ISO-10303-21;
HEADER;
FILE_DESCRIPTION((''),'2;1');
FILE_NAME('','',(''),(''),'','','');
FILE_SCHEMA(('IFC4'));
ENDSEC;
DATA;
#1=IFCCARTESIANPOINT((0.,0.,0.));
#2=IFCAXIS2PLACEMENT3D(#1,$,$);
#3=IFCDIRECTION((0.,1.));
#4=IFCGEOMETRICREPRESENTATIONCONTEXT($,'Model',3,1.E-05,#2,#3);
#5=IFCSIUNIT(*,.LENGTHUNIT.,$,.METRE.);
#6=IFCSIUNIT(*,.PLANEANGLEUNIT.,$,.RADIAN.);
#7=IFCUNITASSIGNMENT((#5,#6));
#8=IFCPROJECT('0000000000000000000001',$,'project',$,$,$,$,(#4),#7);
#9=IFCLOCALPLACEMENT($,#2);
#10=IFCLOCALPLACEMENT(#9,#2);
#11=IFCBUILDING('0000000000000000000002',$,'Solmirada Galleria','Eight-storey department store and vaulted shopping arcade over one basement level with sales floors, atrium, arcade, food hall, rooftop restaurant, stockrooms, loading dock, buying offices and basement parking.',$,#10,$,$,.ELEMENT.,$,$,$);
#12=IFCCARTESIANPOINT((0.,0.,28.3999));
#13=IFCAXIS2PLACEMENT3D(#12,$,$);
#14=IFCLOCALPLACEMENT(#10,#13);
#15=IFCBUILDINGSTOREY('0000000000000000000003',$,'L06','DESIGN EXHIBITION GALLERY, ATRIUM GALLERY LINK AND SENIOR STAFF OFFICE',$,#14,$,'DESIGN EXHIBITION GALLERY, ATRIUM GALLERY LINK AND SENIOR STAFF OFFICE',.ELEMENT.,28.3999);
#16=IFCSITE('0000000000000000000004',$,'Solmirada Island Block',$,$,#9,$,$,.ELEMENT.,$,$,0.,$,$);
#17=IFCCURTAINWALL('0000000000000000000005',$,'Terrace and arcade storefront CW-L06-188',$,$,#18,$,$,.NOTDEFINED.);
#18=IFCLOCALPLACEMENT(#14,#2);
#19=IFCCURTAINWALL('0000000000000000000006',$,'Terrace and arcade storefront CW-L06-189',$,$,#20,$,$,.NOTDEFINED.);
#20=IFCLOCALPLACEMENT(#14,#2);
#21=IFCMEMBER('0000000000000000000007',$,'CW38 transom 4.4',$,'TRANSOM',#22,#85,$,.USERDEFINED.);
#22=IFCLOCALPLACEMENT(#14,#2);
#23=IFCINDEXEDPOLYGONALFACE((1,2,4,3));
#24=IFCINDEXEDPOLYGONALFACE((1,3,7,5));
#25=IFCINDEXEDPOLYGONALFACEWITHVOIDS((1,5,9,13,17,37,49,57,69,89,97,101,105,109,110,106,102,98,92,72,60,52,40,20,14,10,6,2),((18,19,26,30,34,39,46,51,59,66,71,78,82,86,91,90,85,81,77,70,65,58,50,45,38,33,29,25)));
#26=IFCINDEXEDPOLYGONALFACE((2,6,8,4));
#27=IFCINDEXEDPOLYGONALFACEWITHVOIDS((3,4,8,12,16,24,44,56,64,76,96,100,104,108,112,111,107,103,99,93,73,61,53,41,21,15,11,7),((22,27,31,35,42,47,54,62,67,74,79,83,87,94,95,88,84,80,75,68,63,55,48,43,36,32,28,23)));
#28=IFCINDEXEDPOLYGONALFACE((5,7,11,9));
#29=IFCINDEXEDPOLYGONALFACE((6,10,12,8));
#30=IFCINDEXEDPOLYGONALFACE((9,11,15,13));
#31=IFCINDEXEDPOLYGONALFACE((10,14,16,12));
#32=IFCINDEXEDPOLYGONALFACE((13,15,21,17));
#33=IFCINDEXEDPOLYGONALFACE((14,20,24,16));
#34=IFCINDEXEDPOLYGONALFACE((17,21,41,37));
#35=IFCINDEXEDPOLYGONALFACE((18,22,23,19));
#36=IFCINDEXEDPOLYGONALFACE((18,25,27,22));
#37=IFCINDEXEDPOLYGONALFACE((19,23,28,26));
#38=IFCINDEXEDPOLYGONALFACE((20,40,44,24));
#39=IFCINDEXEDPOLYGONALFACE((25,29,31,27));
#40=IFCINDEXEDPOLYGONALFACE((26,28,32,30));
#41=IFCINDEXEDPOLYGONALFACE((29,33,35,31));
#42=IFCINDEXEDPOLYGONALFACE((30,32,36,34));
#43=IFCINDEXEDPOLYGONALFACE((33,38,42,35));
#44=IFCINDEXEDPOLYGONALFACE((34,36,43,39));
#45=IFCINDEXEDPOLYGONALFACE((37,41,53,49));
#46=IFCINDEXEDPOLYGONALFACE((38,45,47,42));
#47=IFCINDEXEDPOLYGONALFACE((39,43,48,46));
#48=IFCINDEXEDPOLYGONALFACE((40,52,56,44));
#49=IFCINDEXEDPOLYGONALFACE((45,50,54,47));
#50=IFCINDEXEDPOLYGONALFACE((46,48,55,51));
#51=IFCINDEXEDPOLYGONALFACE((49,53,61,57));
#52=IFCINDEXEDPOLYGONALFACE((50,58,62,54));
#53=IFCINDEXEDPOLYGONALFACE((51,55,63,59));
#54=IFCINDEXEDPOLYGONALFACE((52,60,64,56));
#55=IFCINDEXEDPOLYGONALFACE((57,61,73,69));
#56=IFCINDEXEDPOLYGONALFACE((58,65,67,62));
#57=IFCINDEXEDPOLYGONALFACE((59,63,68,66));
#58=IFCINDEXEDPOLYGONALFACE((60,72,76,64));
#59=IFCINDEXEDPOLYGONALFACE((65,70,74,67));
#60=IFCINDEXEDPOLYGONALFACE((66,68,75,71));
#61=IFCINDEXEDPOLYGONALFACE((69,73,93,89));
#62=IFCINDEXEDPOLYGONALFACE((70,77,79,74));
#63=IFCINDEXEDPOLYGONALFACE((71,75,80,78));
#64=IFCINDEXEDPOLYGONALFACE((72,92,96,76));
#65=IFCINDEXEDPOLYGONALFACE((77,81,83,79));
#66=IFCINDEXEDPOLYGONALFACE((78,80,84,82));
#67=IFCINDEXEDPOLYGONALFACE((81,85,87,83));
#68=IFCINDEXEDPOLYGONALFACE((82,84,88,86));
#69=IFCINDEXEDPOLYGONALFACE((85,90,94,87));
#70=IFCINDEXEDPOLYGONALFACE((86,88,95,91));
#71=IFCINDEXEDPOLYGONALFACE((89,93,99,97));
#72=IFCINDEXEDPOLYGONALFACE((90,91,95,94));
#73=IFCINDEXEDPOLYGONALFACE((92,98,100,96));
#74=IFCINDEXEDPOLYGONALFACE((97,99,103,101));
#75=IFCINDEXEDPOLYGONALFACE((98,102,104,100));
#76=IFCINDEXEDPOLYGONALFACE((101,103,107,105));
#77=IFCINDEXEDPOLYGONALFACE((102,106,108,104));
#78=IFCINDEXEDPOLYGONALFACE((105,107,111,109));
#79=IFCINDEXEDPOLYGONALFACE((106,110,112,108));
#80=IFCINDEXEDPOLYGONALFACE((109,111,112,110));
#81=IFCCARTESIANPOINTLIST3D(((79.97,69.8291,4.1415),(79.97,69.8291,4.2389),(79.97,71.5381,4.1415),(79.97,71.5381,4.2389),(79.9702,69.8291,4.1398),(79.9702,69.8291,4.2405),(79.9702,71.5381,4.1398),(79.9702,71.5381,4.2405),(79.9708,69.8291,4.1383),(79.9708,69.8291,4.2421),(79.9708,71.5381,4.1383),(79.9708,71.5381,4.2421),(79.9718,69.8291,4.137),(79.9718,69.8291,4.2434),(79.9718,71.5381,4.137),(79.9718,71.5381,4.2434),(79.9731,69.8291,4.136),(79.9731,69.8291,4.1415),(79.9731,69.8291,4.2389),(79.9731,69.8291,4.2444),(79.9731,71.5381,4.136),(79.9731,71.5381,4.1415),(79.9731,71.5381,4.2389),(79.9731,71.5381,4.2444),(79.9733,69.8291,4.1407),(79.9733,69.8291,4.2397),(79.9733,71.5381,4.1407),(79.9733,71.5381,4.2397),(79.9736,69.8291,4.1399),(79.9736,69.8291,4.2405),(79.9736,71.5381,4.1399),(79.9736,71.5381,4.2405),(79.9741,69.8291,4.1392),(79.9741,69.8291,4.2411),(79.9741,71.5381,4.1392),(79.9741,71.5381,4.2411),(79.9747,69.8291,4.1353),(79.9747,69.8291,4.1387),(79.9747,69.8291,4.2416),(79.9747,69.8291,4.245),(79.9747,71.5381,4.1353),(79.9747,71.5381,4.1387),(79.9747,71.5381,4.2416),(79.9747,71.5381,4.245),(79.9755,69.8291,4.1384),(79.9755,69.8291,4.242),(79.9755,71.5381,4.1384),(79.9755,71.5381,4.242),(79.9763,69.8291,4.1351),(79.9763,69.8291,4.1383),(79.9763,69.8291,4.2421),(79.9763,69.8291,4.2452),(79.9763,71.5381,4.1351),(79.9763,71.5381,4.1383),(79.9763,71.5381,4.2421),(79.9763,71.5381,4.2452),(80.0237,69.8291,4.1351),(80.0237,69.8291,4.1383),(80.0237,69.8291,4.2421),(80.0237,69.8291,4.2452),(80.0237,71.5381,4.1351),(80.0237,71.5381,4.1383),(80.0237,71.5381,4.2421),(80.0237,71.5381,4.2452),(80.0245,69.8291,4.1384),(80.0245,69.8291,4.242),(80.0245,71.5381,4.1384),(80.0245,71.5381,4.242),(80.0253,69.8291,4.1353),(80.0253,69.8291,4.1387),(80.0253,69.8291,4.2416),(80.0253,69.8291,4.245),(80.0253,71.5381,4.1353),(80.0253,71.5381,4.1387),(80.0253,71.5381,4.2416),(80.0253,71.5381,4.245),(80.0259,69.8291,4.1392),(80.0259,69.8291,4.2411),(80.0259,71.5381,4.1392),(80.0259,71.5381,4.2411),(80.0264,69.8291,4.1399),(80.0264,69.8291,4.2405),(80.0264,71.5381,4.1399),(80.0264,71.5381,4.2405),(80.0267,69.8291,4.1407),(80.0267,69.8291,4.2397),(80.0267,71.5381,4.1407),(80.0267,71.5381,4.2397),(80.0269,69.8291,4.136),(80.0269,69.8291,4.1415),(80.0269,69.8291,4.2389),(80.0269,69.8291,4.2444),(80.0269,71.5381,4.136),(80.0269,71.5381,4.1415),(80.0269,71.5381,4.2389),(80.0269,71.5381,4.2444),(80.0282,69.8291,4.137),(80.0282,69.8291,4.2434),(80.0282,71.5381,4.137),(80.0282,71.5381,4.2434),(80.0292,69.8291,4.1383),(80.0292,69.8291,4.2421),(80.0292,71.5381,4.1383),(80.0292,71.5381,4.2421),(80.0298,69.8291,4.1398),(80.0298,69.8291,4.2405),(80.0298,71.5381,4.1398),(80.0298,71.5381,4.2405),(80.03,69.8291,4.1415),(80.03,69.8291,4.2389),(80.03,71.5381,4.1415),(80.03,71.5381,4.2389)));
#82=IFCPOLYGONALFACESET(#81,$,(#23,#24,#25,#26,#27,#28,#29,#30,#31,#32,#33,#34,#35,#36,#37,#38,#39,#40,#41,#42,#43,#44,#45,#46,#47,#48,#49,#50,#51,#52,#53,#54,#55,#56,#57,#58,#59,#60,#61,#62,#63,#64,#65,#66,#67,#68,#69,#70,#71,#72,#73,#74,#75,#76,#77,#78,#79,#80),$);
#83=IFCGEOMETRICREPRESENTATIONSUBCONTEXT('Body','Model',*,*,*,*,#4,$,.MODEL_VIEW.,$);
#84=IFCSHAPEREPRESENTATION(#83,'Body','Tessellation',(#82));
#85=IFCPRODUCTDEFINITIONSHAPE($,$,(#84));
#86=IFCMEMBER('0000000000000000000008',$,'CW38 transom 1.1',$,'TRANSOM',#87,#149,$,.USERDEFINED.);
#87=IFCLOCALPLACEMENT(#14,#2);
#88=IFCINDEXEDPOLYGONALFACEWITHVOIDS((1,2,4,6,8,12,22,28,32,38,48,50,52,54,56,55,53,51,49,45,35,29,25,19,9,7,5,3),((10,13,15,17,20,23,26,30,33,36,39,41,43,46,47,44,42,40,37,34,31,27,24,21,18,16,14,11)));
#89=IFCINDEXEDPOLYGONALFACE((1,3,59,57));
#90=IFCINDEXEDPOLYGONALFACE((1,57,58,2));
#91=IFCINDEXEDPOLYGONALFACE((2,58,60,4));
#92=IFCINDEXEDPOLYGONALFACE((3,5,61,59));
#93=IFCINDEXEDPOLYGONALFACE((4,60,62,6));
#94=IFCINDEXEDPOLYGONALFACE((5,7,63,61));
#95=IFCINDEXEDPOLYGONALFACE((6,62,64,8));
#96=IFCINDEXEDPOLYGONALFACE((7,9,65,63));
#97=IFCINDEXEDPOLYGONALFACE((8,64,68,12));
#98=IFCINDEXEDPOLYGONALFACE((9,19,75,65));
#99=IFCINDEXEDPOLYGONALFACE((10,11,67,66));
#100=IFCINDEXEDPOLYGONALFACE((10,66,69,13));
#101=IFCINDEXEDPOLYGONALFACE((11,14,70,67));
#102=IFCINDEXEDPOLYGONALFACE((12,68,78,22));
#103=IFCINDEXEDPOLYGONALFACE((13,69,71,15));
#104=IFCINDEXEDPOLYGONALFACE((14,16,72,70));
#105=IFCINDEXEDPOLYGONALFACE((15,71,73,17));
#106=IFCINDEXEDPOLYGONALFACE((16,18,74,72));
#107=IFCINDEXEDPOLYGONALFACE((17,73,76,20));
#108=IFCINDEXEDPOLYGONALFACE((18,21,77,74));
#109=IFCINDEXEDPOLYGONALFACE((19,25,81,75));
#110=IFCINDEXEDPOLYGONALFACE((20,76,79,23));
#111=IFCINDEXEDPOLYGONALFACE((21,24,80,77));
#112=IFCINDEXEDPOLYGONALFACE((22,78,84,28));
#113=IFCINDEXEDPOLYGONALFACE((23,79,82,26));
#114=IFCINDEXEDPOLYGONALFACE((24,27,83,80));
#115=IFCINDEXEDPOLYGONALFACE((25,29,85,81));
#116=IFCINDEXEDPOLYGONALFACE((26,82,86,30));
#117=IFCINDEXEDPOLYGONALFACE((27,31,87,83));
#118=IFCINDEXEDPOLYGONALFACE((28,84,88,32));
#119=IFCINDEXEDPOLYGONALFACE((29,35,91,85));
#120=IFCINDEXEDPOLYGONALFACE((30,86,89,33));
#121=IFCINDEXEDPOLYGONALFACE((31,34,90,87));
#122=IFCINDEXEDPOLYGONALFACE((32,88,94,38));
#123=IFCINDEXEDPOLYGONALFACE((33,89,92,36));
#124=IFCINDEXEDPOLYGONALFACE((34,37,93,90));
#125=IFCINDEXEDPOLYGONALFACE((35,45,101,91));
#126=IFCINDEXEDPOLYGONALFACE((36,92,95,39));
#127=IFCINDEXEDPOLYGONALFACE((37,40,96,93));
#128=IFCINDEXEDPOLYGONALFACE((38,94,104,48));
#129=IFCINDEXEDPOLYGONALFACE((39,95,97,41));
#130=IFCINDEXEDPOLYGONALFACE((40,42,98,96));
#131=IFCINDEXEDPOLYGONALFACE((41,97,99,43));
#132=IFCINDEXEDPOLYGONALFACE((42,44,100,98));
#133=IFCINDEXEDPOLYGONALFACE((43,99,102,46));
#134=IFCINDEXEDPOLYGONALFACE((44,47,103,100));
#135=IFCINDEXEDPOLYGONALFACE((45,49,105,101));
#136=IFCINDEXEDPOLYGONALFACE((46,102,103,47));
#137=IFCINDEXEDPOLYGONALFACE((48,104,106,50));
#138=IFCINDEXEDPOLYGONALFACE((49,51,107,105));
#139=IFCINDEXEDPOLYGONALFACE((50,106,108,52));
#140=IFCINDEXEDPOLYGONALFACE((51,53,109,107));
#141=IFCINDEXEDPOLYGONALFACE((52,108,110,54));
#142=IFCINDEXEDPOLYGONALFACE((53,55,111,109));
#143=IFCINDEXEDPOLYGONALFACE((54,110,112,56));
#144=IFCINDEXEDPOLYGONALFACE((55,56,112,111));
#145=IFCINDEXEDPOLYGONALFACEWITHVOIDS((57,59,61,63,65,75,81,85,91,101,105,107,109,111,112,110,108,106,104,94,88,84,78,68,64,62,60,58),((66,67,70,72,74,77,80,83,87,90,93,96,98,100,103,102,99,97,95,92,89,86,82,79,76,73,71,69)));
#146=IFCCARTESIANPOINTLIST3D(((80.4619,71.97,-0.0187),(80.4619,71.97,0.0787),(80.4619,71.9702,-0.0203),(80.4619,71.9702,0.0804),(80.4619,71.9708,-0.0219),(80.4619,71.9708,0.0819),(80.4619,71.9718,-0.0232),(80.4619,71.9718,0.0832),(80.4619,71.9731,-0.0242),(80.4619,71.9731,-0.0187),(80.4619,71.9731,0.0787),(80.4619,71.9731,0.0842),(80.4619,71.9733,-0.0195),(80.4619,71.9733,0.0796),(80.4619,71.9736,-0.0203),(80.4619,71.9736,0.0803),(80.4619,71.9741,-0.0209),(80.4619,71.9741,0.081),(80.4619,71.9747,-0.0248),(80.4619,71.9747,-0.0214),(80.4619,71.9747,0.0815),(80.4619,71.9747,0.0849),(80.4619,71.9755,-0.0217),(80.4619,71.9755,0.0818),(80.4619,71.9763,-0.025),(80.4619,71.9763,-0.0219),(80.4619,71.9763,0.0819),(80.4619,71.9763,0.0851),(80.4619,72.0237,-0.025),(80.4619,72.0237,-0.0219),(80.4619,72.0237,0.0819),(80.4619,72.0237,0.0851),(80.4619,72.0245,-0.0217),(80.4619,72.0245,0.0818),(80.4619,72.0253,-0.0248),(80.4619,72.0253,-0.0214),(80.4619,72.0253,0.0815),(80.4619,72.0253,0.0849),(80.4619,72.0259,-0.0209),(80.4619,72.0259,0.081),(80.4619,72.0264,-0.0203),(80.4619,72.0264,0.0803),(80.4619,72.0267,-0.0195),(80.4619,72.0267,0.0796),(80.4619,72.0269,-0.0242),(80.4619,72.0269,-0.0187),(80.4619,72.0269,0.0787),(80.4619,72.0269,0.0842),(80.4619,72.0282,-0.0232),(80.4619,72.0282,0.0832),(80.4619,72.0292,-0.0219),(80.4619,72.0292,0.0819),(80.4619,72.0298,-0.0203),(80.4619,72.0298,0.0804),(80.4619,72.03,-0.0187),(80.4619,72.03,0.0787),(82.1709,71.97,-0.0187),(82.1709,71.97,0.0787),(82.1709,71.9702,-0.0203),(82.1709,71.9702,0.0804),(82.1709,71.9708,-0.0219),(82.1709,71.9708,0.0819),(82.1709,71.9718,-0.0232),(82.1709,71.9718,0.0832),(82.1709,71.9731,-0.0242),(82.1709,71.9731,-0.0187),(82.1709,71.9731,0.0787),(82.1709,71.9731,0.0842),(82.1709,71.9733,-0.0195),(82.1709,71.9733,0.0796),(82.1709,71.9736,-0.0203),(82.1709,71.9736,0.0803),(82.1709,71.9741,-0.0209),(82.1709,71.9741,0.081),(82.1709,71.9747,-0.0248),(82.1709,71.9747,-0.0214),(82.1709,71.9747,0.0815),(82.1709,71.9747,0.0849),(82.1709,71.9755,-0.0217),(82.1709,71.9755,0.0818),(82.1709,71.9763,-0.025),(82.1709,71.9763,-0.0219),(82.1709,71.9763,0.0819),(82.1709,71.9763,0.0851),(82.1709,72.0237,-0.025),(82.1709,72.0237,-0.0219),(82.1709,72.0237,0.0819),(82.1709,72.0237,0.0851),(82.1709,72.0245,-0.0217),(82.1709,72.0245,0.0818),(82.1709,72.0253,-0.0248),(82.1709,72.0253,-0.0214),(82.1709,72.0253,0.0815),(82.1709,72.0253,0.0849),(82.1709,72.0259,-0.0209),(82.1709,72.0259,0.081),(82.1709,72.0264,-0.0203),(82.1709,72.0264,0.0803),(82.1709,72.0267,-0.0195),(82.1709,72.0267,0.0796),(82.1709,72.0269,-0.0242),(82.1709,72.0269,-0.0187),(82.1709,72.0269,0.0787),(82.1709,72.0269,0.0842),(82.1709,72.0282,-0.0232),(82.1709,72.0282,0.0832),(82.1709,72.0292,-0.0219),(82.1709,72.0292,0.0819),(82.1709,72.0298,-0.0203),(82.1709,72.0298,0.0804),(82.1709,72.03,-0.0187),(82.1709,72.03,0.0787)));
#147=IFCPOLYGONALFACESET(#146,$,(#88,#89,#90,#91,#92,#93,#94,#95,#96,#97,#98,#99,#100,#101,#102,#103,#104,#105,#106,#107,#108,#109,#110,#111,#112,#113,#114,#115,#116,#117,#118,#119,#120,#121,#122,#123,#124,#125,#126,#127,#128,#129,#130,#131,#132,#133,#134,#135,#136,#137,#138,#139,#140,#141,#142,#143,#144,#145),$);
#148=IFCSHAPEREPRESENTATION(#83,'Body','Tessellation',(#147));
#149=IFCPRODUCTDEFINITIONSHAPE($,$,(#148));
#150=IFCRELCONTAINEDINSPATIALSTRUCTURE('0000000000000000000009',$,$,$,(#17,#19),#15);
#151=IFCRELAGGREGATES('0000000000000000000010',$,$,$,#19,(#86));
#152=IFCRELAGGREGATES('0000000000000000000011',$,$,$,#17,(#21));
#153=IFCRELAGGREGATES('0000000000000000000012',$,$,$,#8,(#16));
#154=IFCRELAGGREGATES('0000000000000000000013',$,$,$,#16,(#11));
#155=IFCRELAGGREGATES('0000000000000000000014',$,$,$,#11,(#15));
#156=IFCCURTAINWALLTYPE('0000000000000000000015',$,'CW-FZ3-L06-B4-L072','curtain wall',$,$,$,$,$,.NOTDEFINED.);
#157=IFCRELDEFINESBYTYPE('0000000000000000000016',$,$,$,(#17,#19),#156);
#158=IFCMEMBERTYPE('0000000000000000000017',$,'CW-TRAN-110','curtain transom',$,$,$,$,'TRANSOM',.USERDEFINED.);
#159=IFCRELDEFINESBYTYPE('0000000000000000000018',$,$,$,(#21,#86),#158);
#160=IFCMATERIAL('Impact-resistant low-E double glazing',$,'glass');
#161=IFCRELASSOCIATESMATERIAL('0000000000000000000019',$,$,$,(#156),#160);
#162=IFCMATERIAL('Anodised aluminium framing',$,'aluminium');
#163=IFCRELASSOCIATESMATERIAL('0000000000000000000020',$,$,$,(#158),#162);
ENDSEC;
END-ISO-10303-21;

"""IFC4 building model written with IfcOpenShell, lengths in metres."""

from ifc_helpers import new_model, si_unit, direction, frame, origin, origin_2d, place, context, subcontext, project, spatial, hollow_rectangle, extrude, material, material_profile, profile_set, type_object, element, aggregate, save


model = new_model("IFC4")

# Units and contexts
model_context = context("Model", 3, precision=1e-05, world=origin(), true_north=direction((0.0, 1.0)))
body_context = subcontext(model_context, "Body", "Model", "MODEL_VIEW")
ifc_project = project(units=[si_unit("LENGTHUNIT", "METRE"), si_unit("PLANEANGLEUNIT", "RADIAN")], contexts=[model_context])

# Site, building, storey
site_placement = place(None, origin())
site = spatial("IfcSite", under=ifc_project, at=site_placement, Name="Solmirada Island Block", CompositionType="ELEMENT", RefElevation=0.0)
building_placement = place(site_placement, origin())
building = spatial("IfcBuilding", under=site, at=building_placement, Name="Solmirada Galleria", Description="Eight-storey department store and vaulted shopping arcade over one basement level with sales floors, atrium, arcade, food hall, rooftop restaurant, stockrooms, loading dock, buying offices and basement parking.", CompositionType="ELEMENT")
storey_placement = place(building_placement, frame((0.0, 0.0, 28.3999)))
storey = spatial("IfcBuildingStorey", under=building, at=storey_placement, Name="L06", Description="DESIGN EXHIBITION GALLERY, ATRIUM GALLERY LINK AND SENIOR STAFF OFFICE", LongName="DESIGN EXHIBITION GALLERY, ATRIUM GALLERY LINK AND SENIOR STAFF OFFICE", CompositionType="ELEMENT", Elevation=28.3999)

# Curtain wall
ifc_material_1 = material(Name="Impact-resistant low-E double glazing", Category="glass")
curtain_wall_type = type_object("IfcCurtainWallType", Name="CW-FZ3-L06-B4-L072", Description="curtain wall", PredefinedType="NOTDEFINED", material=ifc_material_1)
curtain_wall_1_placement = place(storey_placement, origin())
curtain_wall_1 = element("IfcCurtainWall", 1, at=curtain_wall_1_placement, inside=storey, type_object=curtain_wall_type, Name="Terrace and arcade storefront CW-L06-188", PredefinedType="NOTDEFINED")
ifc_material_2 = material(Name="Anodised aluminium framing", Category="aluminium")

# Curtain wall
curtain_wall_2_placement = place(storey_placement, origin())
curtain_wall_2 = element("IfcCurtainWall", 2, at=curtain_wall_2_placement, inside=storey, type_object=curtain_wall_type, Name="Terrace and arcade storefront CW-L06-189", PredefinedType="NOTDEFINED")

# Members
ifc_material_profile_1 = material_profile(ifc_material_2, hollow_rectangle(XDim=0.0601, YDim=0.1101, WallThickness=0.0032, InnerFilletRadius=0.0032, OuterFilletRadius=0.0063, at=origin_2d()), Name="ALU-TRAN-110X60")
ifc_profile_set_1 = profile_set([ifc_material_profile_1], Name="Anodised aluminium framing")
member_type_1 = type_object("IfcMemberType", Name="CW-TRAN-110", Description="curtain transom", ElementType="TRANSOM", PredefinedType="USERDEFINED", material=ifc_profile_set_1)
member_1_placement = place(storey_placement, frame((80.0, 69.8291, 4.1902), z_axis=(0.0, 1.0, 0.0), x_axis=(-1.0, 0.0, 0.0)))
member_1 = element("IfcMember", 3, at=member_1_placement, type_object=member_type_1, Name="CW38 transom 4.4", ObjectType="TRANSOM", PredefinedType="USERDEFINED", context=body_context, shape_type="SweptSolid", body=[
    extrude(hollow_rectangle(XDim=0.0601, YDim=0.1101, WallThickness=0.0032, InnerFilletRadius=0.0032, OuterFilletRadius=0.0063, at=origin_2d()), origin(), (0.0, 0.0, 1.0), 1.709),
])
member_2_placement = place(storey_placement, frame((80.4619, 72.0, 0.03), z_axis=(1.0, 0.0, 0.0), x_axis=(0.0, 1.0, 0.0)))
member_2 = element("IfcMember", 4, at=member_2_placement, type_object=member_type_1, Name="CW38 transom 1.1", ObjectType="TRANSOM", PredefinedType="USERDEFINED", context=body_context, shape_type="SweptSolid", body=[
    extrude(hollow_rectangle(XDim=0.0601, YDim=0.1101, WallThickness=0.0032, InnerFilletRadius=0.0032, OuterFilletRadius=0.0063, at=origin_2d()), origin(), (0.0, 0.0, 1.0), 1.709),
])
aggregate(curtain_wall_2, [member_2])

aggregate(curtain_wall_1, [member_1])

save(model, "model.ifc")
